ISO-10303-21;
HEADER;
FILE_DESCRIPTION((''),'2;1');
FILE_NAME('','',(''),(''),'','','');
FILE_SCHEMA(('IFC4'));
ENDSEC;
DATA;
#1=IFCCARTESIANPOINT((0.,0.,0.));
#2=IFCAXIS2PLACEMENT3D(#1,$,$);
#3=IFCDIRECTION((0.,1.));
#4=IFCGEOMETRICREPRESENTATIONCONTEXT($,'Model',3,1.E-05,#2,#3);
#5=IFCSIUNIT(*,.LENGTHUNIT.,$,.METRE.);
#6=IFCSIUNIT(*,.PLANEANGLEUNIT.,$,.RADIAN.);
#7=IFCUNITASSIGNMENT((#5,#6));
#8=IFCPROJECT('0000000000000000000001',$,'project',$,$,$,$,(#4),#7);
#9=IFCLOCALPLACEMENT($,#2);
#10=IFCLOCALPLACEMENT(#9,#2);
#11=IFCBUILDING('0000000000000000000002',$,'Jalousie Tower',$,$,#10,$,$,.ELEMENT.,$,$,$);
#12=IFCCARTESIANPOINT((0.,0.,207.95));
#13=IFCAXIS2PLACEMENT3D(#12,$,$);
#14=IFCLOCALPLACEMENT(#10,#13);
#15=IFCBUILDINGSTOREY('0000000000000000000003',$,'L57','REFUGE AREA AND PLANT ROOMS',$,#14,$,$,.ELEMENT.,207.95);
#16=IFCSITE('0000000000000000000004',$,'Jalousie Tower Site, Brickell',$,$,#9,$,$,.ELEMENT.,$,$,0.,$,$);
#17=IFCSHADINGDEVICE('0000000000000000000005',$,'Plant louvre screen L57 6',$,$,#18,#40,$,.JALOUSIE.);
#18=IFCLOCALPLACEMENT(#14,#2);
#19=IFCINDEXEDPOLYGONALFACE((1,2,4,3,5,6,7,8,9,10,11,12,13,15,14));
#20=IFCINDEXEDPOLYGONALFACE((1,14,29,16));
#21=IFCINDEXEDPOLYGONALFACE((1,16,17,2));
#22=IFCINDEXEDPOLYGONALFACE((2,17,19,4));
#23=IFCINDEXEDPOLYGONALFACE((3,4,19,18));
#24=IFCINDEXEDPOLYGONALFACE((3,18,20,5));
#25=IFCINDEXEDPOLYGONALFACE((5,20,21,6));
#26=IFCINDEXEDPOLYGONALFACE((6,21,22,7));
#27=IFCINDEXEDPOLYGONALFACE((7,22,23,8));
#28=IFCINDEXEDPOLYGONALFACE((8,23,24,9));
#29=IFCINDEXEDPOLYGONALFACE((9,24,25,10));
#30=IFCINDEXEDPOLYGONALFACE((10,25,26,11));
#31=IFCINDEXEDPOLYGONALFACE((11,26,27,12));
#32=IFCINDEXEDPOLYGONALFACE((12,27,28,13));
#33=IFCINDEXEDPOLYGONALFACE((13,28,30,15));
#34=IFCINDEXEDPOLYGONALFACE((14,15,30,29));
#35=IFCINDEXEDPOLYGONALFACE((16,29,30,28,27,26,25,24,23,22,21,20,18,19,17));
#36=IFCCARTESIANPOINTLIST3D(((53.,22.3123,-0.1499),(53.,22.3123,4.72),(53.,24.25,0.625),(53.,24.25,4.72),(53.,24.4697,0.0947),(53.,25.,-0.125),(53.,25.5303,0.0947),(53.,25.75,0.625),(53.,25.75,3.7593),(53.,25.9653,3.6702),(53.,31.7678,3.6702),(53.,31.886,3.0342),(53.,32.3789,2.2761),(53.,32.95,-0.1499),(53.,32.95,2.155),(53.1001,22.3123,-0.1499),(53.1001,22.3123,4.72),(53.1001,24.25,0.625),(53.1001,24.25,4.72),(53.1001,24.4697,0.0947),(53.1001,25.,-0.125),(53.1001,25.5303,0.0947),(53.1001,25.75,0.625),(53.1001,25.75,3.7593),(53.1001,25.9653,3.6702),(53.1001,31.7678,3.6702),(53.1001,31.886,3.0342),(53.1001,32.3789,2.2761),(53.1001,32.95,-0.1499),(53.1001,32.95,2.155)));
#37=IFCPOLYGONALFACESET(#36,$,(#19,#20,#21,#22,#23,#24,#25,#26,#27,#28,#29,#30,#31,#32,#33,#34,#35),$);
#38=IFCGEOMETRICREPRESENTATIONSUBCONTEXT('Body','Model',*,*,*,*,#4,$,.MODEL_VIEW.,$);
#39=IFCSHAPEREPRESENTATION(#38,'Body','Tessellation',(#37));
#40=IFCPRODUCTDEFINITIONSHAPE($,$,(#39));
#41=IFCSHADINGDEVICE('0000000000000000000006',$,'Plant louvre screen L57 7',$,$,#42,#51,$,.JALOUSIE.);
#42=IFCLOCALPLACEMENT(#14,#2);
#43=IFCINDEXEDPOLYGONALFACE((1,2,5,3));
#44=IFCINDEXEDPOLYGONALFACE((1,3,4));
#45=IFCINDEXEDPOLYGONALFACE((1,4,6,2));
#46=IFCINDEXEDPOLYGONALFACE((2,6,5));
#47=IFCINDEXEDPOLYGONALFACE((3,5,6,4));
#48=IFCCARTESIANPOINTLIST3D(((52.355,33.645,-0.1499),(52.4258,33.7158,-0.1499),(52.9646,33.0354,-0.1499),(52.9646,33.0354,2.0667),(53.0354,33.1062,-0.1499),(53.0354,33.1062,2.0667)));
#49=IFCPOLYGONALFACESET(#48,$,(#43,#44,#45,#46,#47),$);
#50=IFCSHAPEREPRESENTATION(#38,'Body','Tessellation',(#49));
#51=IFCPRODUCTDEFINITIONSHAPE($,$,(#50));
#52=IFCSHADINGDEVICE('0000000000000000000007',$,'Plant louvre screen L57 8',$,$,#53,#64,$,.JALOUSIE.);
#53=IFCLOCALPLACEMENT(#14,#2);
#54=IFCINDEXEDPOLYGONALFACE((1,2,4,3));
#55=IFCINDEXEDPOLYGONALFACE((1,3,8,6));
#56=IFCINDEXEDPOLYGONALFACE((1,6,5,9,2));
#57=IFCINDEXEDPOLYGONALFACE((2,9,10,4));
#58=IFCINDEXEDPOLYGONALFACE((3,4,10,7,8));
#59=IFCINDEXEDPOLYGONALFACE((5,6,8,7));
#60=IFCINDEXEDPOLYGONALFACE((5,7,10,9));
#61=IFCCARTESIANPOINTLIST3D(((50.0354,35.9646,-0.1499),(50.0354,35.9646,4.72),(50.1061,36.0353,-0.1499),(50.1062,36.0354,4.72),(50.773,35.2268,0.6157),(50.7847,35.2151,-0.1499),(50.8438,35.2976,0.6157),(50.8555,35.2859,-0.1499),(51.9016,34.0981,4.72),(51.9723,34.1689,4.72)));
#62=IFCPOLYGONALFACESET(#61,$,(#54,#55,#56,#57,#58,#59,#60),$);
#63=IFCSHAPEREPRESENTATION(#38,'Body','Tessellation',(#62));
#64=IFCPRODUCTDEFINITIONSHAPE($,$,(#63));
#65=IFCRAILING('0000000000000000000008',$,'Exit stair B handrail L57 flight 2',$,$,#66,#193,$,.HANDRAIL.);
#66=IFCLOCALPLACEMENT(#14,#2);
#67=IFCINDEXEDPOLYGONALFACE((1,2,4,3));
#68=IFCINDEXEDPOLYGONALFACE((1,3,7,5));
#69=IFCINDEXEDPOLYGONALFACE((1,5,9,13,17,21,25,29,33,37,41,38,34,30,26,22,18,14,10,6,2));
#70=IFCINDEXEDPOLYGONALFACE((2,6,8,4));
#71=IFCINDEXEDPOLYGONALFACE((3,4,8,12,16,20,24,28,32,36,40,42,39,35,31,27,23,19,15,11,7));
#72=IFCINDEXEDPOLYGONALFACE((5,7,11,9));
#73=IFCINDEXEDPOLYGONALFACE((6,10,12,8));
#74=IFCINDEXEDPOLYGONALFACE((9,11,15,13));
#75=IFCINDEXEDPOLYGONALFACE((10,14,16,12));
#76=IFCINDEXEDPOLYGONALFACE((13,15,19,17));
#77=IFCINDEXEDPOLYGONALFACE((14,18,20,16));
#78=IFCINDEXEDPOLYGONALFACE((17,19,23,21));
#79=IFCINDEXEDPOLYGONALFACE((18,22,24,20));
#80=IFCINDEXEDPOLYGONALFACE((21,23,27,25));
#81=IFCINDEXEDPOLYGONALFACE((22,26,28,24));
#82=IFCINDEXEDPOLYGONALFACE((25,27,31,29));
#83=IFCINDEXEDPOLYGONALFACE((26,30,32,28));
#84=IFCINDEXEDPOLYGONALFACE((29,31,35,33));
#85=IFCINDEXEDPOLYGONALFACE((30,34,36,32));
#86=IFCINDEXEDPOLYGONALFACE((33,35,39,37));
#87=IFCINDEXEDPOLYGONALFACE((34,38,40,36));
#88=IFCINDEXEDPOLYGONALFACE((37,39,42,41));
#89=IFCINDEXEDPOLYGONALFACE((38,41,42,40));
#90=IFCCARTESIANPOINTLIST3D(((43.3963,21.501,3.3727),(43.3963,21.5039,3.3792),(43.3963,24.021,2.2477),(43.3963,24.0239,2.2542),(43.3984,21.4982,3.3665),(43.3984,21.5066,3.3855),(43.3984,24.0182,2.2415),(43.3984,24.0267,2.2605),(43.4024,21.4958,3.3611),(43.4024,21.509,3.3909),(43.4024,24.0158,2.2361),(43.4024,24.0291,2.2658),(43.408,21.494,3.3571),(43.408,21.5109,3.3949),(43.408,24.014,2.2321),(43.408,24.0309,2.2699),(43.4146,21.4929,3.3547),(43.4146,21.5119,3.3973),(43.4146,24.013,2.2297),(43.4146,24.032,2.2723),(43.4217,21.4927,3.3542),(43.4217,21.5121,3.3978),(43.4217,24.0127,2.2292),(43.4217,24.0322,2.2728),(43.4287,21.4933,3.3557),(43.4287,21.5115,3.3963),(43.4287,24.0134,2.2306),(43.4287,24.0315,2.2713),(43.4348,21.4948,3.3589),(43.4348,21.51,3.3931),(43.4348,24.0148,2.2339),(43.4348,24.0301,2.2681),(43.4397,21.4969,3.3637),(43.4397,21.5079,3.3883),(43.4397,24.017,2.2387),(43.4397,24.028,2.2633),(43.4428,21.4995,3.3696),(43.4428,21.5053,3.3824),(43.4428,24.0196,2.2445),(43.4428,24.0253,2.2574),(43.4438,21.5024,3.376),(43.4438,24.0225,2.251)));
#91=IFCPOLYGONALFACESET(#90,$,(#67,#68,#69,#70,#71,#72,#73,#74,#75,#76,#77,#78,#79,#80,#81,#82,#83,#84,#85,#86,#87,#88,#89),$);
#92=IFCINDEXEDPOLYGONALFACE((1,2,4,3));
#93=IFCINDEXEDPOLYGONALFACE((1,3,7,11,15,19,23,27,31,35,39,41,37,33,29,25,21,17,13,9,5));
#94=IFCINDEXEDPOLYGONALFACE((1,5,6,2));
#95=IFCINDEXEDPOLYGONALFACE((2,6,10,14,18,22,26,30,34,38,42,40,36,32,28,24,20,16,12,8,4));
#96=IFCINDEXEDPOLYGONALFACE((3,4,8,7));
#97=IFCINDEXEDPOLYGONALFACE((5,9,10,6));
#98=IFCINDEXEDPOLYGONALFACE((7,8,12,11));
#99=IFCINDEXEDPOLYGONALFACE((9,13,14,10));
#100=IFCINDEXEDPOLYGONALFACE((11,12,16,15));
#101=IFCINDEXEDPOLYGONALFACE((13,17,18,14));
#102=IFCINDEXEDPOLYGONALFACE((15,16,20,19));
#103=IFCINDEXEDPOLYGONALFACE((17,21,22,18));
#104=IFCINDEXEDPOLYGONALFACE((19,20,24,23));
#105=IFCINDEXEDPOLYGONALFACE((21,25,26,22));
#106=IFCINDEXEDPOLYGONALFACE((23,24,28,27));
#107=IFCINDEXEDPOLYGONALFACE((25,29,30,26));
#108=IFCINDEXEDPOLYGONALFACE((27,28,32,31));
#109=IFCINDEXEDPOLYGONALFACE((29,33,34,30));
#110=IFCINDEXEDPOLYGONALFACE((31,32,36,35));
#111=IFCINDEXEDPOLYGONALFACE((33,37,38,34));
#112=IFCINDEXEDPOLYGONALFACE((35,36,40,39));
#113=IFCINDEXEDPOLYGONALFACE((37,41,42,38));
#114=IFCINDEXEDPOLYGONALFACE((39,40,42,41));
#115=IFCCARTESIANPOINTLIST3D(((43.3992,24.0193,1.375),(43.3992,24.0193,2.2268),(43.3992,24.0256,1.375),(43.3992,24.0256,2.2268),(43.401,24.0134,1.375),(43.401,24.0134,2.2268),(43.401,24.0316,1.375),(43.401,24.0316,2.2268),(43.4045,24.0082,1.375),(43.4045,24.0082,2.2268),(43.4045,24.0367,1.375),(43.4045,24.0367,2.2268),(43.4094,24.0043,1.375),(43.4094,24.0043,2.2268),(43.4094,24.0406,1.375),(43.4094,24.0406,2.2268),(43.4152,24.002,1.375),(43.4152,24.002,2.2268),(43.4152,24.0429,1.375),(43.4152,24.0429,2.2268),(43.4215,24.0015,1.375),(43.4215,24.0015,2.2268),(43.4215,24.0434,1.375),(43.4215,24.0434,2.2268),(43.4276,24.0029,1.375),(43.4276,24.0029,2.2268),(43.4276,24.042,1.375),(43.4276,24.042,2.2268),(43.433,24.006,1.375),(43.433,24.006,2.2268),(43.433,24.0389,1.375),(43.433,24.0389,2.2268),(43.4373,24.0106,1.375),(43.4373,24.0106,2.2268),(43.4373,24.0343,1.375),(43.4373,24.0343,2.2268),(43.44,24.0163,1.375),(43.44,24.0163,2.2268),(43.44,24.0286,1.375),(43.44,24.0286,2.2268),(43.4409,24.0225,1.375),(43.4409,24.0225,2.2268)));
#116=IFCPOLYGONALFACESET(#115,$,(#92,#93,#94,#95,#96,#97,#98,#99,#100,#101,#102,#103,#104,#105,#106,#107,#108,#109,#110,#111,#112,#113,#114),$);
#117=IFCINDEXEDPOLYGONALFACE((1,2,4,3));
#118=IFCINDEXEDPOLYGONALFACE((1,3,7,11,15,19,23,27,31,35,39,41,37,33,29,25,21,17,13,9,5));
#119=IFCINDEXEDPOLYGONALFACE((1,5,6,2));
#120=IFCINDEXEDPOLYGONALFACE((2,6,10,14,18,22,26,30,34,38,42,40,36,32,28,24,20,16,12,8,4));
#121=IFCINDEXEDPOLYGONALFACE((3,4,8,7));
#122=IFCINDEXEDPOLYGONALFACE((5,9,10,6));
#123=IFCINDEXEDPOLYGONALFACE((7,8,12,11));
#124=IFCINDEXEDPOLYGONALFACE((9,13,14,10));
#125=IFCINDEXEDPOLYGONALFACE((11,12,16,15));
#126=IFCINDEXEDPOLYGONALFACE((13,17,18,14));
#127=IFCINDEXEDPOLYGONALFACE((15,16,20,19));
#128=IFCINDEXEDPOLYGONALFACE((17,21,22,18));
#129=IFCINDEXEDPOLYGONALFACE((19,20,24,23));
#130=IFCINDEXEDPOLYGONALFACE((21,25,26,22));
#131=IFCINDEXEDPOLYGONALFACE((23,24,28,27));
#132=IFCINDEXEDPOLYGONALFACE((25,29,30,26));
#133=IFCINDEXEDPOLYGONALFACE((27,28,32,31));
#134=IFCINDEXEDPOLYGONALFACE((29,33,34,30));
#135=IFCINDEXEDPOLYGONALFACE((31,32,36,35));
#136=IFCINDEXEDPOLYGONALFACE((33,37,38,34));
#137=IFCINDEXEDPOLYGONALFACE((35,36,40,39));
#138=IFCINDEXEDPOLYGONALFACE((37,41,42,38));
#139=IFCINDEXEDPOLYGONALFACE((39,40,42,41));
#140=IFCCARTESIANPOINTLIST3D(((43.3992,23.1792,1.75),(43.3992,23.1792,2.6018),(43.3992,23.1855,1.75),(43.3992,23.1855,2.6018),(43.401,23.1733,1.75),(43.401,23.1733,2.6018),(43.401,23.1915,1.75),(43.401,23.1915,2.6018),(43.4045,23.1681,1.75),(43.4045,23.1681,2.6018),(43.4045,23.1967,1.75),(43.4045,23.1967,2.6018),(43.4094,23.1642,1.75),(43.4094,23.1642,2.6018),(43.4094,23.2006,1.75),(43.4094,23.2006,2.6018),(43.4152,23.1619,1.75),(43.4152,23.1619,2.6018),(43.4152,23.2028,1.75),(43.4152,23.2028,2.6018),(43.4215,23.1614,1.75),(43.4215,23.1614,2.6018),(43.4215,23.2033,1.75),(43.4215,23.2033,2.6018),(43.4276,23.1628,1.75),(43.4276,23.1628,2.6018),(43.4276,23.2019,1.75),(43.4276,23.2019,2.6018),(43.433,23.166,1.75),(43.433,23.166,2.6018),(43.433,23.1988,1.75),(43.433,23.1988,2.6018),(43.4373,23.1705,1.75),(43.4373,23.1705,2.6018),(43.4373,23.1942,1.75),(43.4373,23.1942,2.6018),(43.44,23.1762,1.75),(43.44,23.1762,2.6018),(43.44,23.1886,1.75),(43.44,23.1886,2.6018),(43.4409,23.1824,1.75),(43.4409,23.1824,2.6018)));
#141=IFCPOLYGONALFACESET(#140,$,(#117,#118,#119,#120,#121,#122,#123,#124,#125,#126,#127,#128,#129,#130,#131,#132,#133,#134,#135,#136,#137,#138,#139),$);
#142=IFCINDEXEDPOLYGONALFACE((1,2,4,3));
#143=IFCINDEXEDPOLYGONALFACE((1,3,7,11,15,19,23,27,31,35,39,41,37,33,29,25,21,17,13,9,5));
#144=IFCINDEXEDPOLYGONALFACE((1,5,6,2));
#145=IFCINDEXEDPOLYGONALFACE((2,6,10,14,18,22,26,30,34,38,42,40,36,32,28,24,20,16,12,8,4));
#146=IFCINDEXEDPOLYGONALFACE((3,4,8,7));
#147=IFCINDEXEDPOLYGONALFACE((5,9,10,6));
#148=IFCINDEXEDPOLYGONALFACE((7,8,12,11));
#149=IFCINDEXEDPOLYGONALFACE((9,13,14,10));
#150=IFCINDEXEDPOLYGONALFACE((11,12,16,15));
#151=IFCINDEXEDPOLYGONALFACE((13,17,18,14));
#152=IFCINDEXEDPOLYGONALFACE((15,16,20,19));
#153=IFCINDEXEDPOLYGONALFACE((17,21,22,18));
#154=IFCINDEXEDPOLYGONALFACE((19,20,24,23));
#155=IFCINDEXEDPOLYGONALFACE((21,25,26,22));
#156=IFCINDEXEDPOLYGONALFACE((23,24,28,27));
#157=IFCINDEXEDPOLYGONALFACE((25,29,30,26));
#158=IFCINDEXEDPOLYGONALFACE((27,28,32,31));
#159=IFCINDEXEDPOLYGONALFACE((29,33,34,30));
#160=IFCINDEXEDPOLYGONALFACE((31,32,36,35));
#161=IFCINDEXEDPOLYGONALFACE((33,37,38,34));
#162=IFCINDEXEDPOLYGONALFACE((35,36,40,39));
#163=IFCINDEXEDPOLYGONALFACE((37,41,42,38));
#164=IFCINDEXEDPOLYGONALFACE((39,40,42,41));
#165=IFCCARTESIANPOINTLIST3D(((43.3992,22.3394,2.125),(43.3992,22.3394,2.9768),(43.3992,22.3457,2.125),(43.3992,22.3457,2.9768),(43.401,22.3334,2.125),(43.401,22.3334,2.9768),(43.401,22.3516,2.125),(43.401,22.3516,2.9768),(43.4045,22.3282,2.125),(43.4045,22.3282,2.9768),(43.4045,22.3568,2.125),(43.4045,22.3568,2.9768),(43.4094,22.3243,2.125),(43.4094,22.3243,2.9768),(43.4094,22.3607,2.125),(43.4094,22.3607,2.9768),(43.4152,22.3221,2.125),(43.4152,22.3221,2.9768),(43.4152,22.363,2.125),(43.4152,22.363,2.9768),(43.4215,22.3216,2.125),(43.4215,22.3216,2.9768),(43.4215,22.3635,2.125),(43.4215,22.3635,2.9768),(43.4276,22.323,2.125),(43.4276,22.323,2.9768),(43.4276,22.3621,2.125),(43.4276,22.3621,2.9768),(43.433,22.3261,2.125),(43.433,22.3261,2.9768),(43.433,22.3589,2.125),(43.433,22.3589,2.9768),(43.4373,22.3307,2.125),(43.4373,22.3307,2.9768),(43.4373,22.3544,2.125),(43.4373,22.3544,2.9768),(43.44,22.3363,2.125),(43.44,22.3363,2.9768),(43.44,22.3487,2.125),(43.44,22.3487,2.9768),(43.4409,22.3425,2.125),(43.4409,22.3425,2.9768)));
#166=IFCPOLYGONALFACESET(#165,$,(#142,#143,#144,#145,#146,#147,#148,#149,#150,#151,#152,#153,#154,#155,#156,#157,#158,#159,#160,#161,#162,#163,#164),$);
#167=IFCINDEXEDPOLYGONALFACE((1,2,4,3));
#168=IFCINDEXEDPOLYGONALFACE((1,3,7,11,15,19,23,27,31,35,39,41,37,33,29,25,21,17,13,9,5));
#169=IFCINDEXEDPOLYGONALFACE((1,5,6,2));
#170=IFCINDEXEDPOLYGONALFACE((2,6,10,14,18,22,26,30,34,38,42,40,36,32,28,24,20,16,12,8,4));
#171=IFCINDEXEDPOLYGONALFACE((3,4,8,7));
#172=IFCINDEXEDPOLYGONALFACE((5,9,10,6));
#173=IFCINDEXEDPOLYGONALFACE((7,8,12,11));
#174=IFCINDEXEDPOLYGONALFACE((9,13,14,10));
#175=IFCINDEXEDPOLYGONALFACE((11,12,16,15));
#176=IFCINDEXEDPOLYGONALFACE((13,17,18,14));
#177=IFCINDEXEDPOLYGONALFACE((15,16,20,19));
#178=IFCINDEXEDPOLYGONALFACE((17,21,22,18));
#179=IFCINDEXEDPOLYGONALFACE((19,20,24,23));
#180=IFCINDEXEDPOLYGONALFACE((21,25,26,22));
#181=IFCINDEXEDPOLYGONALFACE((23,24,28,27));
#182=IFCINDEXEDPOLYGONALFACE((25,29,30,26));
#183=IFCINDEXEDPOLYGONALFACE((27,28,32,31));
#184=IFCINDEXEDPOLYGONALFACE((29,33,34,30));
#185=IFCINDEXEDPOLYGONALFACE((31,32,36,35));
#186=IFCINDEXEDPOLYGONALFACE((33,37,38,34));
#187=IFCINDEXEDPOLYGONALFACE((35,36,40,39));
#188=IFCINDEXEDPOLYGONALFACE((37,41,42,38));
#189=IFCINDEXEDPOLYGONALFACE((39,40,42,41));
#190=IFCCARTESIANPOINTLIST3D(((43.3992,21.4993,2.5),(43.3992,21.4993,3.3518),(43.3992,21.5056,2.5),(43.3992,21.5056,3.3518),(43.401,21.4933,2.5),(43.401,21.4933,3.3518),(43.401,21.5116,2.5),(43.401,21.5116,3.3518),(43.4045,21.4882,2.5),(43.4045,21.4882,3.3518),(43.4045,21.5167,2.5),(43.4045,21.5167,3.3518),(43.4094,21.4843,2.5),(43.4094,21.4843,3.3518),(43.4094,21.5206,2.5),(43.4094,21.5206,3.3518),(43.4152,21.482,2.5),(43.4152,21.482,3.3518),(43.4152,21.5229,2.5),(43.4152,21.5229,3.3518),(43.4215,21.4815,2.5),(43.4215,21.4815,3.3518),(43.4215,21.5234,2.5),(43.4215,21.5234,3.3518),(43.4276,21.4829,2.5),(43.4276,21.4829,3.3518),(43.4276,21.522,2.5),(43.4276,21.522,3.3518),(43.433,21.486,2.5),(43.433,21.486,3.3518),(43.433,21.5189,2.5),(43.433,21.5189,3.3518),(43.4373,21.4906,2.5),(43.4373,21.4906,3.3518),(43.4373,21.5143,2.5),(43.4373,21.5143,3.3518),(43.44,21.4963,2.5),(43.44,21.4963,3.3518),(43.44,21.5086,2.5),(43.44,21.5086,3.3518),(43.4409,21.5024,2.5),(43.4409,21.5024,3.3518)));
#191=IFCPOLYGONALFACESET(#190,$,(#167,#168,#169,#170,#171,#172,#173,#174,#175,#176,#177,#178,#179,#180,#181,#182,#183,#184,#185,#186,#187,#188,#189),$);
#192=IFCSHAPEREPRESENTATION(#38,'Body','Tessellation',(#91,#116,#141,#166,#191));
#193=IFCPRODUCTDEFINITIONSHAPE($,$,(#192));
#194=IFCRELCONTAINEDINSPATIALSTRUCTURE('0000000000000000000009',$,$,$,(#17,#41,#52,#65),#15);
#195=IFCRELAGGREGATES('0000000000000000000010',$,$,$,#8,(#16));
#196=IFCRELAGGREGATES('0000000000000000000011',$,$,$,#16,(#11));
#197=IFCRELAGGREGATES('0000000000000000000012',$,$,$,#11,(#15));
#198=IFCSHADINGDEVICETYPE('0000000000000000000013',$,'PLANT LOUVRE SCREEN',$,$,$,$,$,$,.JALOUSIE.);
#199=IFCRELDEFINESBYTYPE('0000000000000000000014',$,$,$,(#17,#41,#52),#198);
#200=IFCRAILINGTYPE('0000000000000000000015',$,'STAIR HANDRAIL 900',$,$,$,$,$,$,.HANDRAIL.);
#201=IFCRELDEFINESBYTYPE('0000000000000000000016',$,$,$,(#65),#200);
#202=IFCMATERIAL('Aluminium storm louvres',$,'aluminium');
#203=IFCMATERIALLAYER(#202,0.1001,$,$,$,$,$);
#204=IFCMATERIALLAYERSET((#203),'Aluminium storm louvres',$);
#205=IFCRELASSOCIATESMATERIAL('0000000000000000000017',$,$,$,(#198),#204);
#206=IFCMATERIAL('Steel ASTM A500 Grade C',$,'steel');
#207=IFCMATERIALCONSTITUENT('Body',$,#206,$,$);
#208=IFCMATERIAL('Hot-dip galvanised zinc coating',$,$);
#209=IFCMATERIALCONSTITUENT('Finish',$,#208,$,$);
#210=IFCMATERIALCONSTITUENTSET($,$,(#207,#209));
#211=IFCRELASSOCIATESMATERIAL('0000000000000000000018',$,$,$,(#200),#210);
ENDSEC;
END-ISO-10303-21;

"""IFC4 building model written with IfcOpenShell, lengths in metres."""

from ifc_helpers import new_model, si_unit, direction, frame, origin, origin_2d, place, context, subcontext, project, spatial, polyline, circle, outline, extrude, material, layer, layer_set, constituent, constituent_set, type_object, element, save


model = new_model("IFC4")

# Units and contexts
model_context = context("Model", 3, precision=1e-05, world=origin(), true_north=direction((0.0, 1.0)))
body_context = subcontext(model_context, "Body", "Model", "MODEL_VIEW")
ifc_project = project(units=[si_unit("LENGTHUNIT", "METRE"), si_unit("PLANEANGLEUNIT", "RADIAN")], contexts=[model_context])

# Site, building, storey
site_placement = place(None, origin())
site = spatial("IfcSite", under=ifc_project, at=site_placement, Name="Jalousie Tower Site, Brickell", CompositionType="ELEMENT", RefElevation=0.0)
building_placement = place(site_placement, origin())
building = spatial("IfcBuilding", under=site, at=building_placement, Name="Jalousie Tower", CompositionType="ELEMENT")
storey_placement = place(building_placement, frame((0.0, 0.0, 207.95)))
storey = spatial("IfcBuildingStorey", under=building, at=storey_placement, Name="L57", Description="REFUGE AREA AND PLANT ROOMS", CompositionType="ELEMENT", Elevation=207.95)

# Shading devices
ifc_material_1 = material(Name="Aluminium storm louvres", Category="aluminium")
ifc_layer_1 = layer(ifc_material_1, 0.1001)
ifc_layer_set_1 = layer_set([ifc_layer_1], Name="Aluminium storm louvres")
shading_device_type = type_object("IfcShadingDeviceType", Name="PLANT LOUVRE SCREEN", PredefinedType="JALOUSIE", material=ifc_layer_set_1)
shading_device_1_placement = place(storey_placement, frame((53.1001, 22.3123, -0.1499), z_axis=(1.0, 0.0, 0.0), x_axis=(0.0, 1.0, 0.0)))
element("IfcShadingDevice", 1, at=shading_device_1_placement, inside=storey, type_object=shading_device_type, Name="Plant louvre screen L57 6", PredefinedType="JALOUSIE", context=body_context, shape_type="SweptSolid", body=[
    extrude(outline(polyline([(0.0, 0.0), (10.6377, 0.0), (10.6377, 2.3049), (10.0667, 2.426), (9.5737, 3.1841), (9.4556, 3.8201), (3.6531, 3.8201), (3.4377, 3.9092), (3.4377, 0.7749), (3.218, 0.2446), (2.6877, 0.0249), (2.1575, 0.2446), (1.9377, 0.7749), (1.9377, 4.8699), (0.0, 4.8699), (0.0, 0.0)])), origin(), (0.0, 0.0, -1.0), 0.1001),
])
shading_device_2_placement = place(storey_placement, frame((53.0354, 33.1062, -0.1499), z_axis=(0.707107, 0.707107, 0.0), x_axis=(-0.707107, 0.707107, 0.0)))
element("IfcShadingDevice", 2, at=shading_device_2_placement, inside=storey, type_object=shading_device_type, Name="Plant louvre screen L57 7", PredefinedType="JALOUSIE", context=body_context, shape_type="SweptSolid", body=[
    extrude(outline(polyline([(0.0, 0.0), (0.8621, 0.0), (0.0, 2.2166), (0.0, 0.0)])), origin(), (0.0, 0.0, -1.0), 0.1001),
])
shading_device_3_placement = place(storey_placement, frame((50.1062, 36.0354, 4.72), z_axis=(0.707178, 0.707036, -0.000016), x_axis=(0.707036, -0.707178, 0.0)))
element("IfcShadingDevice", 3, at=shading_device_3_placement, inside=storey, type_object=shading_device_type, Name="Plant louvre screen L57 8", PredefinedType="JALOUSIE", context=body_context, shape_type="SweptSolid", body=[
    extrude(outline(polyline([(0.0, 0.0), (2.6394, 0.0), (1.0432, 4.1042), (1.0598, 4.8699), (0.0, 4.8699), (0.0, 0.0)])), origin(), (0.0, 0.0, -1.0), 0.1001),
])

# Railing
ifc_material_2 = material(Name="Steel ASTM A500 Grade C", Category="steel")
ifc_constituent_1 = constituent(ifc_material_2, Name="Body")
ifc_material_3 = material(Name="Hot-dip galvanised zinc coating")
ifc_constituent_2 = constituent(ifc_material_3, Name="Finish")
ifc_constituent_set_1 = constituent_set(constituents=[ifc_constituent_1, ifc_constituent_2])
railing_type_1 = type_object("IfcRailingType", Name="STAIR HANDRAIL 900", PredefinedType="HANDRAIL", material=ifc_constituent_set_1)
for number, where, name in (
    (4, (43.4199, 24.0225, 1.375), "Exit stair B handrail L57 flight 2"),
):
    element("IfcRailing", number, at=place(storey_placement, frame(where)), inside=storey, type_object=railing_type_1, Name=name, PredefinedType="HANDRAIL", context=body_context, shape_type="SweptSolid", body=[
        extrude(circle(Radius=0.0239, at=origin_2d()), frame((0.0, 0.0, 0.876), z_axis=(0.0, -0.913139, 0.407648), x_axis=(1.0, 0.0, 0.0)), (0.0, 0.0, 1.0), 2.7598),
        extrude(circle(Radius=0.021, at=origin_2d()), origin(), (0.0, 0.0, 1.0), 0.8518),
        extrude(circle(Radius=0.021, at=origin_2d()), frame((0.0, -0.8401, 0.375)), (0.0, 0.0, 1.0), 0.8518),
        extrude(circle(Radius=0.021, at=origin_2d()), frame((0.0, -1.6799, 0.75)), (0.0, 0.0, 1.0), 0.8518),
        extrude(circle(Radius=0.021, at=origin_2d()), frame((0.0, -2.52, 1.125)), (0.0, 0.0, 1.0), 0.8518),
    ])

save(model, "model.ifc")
